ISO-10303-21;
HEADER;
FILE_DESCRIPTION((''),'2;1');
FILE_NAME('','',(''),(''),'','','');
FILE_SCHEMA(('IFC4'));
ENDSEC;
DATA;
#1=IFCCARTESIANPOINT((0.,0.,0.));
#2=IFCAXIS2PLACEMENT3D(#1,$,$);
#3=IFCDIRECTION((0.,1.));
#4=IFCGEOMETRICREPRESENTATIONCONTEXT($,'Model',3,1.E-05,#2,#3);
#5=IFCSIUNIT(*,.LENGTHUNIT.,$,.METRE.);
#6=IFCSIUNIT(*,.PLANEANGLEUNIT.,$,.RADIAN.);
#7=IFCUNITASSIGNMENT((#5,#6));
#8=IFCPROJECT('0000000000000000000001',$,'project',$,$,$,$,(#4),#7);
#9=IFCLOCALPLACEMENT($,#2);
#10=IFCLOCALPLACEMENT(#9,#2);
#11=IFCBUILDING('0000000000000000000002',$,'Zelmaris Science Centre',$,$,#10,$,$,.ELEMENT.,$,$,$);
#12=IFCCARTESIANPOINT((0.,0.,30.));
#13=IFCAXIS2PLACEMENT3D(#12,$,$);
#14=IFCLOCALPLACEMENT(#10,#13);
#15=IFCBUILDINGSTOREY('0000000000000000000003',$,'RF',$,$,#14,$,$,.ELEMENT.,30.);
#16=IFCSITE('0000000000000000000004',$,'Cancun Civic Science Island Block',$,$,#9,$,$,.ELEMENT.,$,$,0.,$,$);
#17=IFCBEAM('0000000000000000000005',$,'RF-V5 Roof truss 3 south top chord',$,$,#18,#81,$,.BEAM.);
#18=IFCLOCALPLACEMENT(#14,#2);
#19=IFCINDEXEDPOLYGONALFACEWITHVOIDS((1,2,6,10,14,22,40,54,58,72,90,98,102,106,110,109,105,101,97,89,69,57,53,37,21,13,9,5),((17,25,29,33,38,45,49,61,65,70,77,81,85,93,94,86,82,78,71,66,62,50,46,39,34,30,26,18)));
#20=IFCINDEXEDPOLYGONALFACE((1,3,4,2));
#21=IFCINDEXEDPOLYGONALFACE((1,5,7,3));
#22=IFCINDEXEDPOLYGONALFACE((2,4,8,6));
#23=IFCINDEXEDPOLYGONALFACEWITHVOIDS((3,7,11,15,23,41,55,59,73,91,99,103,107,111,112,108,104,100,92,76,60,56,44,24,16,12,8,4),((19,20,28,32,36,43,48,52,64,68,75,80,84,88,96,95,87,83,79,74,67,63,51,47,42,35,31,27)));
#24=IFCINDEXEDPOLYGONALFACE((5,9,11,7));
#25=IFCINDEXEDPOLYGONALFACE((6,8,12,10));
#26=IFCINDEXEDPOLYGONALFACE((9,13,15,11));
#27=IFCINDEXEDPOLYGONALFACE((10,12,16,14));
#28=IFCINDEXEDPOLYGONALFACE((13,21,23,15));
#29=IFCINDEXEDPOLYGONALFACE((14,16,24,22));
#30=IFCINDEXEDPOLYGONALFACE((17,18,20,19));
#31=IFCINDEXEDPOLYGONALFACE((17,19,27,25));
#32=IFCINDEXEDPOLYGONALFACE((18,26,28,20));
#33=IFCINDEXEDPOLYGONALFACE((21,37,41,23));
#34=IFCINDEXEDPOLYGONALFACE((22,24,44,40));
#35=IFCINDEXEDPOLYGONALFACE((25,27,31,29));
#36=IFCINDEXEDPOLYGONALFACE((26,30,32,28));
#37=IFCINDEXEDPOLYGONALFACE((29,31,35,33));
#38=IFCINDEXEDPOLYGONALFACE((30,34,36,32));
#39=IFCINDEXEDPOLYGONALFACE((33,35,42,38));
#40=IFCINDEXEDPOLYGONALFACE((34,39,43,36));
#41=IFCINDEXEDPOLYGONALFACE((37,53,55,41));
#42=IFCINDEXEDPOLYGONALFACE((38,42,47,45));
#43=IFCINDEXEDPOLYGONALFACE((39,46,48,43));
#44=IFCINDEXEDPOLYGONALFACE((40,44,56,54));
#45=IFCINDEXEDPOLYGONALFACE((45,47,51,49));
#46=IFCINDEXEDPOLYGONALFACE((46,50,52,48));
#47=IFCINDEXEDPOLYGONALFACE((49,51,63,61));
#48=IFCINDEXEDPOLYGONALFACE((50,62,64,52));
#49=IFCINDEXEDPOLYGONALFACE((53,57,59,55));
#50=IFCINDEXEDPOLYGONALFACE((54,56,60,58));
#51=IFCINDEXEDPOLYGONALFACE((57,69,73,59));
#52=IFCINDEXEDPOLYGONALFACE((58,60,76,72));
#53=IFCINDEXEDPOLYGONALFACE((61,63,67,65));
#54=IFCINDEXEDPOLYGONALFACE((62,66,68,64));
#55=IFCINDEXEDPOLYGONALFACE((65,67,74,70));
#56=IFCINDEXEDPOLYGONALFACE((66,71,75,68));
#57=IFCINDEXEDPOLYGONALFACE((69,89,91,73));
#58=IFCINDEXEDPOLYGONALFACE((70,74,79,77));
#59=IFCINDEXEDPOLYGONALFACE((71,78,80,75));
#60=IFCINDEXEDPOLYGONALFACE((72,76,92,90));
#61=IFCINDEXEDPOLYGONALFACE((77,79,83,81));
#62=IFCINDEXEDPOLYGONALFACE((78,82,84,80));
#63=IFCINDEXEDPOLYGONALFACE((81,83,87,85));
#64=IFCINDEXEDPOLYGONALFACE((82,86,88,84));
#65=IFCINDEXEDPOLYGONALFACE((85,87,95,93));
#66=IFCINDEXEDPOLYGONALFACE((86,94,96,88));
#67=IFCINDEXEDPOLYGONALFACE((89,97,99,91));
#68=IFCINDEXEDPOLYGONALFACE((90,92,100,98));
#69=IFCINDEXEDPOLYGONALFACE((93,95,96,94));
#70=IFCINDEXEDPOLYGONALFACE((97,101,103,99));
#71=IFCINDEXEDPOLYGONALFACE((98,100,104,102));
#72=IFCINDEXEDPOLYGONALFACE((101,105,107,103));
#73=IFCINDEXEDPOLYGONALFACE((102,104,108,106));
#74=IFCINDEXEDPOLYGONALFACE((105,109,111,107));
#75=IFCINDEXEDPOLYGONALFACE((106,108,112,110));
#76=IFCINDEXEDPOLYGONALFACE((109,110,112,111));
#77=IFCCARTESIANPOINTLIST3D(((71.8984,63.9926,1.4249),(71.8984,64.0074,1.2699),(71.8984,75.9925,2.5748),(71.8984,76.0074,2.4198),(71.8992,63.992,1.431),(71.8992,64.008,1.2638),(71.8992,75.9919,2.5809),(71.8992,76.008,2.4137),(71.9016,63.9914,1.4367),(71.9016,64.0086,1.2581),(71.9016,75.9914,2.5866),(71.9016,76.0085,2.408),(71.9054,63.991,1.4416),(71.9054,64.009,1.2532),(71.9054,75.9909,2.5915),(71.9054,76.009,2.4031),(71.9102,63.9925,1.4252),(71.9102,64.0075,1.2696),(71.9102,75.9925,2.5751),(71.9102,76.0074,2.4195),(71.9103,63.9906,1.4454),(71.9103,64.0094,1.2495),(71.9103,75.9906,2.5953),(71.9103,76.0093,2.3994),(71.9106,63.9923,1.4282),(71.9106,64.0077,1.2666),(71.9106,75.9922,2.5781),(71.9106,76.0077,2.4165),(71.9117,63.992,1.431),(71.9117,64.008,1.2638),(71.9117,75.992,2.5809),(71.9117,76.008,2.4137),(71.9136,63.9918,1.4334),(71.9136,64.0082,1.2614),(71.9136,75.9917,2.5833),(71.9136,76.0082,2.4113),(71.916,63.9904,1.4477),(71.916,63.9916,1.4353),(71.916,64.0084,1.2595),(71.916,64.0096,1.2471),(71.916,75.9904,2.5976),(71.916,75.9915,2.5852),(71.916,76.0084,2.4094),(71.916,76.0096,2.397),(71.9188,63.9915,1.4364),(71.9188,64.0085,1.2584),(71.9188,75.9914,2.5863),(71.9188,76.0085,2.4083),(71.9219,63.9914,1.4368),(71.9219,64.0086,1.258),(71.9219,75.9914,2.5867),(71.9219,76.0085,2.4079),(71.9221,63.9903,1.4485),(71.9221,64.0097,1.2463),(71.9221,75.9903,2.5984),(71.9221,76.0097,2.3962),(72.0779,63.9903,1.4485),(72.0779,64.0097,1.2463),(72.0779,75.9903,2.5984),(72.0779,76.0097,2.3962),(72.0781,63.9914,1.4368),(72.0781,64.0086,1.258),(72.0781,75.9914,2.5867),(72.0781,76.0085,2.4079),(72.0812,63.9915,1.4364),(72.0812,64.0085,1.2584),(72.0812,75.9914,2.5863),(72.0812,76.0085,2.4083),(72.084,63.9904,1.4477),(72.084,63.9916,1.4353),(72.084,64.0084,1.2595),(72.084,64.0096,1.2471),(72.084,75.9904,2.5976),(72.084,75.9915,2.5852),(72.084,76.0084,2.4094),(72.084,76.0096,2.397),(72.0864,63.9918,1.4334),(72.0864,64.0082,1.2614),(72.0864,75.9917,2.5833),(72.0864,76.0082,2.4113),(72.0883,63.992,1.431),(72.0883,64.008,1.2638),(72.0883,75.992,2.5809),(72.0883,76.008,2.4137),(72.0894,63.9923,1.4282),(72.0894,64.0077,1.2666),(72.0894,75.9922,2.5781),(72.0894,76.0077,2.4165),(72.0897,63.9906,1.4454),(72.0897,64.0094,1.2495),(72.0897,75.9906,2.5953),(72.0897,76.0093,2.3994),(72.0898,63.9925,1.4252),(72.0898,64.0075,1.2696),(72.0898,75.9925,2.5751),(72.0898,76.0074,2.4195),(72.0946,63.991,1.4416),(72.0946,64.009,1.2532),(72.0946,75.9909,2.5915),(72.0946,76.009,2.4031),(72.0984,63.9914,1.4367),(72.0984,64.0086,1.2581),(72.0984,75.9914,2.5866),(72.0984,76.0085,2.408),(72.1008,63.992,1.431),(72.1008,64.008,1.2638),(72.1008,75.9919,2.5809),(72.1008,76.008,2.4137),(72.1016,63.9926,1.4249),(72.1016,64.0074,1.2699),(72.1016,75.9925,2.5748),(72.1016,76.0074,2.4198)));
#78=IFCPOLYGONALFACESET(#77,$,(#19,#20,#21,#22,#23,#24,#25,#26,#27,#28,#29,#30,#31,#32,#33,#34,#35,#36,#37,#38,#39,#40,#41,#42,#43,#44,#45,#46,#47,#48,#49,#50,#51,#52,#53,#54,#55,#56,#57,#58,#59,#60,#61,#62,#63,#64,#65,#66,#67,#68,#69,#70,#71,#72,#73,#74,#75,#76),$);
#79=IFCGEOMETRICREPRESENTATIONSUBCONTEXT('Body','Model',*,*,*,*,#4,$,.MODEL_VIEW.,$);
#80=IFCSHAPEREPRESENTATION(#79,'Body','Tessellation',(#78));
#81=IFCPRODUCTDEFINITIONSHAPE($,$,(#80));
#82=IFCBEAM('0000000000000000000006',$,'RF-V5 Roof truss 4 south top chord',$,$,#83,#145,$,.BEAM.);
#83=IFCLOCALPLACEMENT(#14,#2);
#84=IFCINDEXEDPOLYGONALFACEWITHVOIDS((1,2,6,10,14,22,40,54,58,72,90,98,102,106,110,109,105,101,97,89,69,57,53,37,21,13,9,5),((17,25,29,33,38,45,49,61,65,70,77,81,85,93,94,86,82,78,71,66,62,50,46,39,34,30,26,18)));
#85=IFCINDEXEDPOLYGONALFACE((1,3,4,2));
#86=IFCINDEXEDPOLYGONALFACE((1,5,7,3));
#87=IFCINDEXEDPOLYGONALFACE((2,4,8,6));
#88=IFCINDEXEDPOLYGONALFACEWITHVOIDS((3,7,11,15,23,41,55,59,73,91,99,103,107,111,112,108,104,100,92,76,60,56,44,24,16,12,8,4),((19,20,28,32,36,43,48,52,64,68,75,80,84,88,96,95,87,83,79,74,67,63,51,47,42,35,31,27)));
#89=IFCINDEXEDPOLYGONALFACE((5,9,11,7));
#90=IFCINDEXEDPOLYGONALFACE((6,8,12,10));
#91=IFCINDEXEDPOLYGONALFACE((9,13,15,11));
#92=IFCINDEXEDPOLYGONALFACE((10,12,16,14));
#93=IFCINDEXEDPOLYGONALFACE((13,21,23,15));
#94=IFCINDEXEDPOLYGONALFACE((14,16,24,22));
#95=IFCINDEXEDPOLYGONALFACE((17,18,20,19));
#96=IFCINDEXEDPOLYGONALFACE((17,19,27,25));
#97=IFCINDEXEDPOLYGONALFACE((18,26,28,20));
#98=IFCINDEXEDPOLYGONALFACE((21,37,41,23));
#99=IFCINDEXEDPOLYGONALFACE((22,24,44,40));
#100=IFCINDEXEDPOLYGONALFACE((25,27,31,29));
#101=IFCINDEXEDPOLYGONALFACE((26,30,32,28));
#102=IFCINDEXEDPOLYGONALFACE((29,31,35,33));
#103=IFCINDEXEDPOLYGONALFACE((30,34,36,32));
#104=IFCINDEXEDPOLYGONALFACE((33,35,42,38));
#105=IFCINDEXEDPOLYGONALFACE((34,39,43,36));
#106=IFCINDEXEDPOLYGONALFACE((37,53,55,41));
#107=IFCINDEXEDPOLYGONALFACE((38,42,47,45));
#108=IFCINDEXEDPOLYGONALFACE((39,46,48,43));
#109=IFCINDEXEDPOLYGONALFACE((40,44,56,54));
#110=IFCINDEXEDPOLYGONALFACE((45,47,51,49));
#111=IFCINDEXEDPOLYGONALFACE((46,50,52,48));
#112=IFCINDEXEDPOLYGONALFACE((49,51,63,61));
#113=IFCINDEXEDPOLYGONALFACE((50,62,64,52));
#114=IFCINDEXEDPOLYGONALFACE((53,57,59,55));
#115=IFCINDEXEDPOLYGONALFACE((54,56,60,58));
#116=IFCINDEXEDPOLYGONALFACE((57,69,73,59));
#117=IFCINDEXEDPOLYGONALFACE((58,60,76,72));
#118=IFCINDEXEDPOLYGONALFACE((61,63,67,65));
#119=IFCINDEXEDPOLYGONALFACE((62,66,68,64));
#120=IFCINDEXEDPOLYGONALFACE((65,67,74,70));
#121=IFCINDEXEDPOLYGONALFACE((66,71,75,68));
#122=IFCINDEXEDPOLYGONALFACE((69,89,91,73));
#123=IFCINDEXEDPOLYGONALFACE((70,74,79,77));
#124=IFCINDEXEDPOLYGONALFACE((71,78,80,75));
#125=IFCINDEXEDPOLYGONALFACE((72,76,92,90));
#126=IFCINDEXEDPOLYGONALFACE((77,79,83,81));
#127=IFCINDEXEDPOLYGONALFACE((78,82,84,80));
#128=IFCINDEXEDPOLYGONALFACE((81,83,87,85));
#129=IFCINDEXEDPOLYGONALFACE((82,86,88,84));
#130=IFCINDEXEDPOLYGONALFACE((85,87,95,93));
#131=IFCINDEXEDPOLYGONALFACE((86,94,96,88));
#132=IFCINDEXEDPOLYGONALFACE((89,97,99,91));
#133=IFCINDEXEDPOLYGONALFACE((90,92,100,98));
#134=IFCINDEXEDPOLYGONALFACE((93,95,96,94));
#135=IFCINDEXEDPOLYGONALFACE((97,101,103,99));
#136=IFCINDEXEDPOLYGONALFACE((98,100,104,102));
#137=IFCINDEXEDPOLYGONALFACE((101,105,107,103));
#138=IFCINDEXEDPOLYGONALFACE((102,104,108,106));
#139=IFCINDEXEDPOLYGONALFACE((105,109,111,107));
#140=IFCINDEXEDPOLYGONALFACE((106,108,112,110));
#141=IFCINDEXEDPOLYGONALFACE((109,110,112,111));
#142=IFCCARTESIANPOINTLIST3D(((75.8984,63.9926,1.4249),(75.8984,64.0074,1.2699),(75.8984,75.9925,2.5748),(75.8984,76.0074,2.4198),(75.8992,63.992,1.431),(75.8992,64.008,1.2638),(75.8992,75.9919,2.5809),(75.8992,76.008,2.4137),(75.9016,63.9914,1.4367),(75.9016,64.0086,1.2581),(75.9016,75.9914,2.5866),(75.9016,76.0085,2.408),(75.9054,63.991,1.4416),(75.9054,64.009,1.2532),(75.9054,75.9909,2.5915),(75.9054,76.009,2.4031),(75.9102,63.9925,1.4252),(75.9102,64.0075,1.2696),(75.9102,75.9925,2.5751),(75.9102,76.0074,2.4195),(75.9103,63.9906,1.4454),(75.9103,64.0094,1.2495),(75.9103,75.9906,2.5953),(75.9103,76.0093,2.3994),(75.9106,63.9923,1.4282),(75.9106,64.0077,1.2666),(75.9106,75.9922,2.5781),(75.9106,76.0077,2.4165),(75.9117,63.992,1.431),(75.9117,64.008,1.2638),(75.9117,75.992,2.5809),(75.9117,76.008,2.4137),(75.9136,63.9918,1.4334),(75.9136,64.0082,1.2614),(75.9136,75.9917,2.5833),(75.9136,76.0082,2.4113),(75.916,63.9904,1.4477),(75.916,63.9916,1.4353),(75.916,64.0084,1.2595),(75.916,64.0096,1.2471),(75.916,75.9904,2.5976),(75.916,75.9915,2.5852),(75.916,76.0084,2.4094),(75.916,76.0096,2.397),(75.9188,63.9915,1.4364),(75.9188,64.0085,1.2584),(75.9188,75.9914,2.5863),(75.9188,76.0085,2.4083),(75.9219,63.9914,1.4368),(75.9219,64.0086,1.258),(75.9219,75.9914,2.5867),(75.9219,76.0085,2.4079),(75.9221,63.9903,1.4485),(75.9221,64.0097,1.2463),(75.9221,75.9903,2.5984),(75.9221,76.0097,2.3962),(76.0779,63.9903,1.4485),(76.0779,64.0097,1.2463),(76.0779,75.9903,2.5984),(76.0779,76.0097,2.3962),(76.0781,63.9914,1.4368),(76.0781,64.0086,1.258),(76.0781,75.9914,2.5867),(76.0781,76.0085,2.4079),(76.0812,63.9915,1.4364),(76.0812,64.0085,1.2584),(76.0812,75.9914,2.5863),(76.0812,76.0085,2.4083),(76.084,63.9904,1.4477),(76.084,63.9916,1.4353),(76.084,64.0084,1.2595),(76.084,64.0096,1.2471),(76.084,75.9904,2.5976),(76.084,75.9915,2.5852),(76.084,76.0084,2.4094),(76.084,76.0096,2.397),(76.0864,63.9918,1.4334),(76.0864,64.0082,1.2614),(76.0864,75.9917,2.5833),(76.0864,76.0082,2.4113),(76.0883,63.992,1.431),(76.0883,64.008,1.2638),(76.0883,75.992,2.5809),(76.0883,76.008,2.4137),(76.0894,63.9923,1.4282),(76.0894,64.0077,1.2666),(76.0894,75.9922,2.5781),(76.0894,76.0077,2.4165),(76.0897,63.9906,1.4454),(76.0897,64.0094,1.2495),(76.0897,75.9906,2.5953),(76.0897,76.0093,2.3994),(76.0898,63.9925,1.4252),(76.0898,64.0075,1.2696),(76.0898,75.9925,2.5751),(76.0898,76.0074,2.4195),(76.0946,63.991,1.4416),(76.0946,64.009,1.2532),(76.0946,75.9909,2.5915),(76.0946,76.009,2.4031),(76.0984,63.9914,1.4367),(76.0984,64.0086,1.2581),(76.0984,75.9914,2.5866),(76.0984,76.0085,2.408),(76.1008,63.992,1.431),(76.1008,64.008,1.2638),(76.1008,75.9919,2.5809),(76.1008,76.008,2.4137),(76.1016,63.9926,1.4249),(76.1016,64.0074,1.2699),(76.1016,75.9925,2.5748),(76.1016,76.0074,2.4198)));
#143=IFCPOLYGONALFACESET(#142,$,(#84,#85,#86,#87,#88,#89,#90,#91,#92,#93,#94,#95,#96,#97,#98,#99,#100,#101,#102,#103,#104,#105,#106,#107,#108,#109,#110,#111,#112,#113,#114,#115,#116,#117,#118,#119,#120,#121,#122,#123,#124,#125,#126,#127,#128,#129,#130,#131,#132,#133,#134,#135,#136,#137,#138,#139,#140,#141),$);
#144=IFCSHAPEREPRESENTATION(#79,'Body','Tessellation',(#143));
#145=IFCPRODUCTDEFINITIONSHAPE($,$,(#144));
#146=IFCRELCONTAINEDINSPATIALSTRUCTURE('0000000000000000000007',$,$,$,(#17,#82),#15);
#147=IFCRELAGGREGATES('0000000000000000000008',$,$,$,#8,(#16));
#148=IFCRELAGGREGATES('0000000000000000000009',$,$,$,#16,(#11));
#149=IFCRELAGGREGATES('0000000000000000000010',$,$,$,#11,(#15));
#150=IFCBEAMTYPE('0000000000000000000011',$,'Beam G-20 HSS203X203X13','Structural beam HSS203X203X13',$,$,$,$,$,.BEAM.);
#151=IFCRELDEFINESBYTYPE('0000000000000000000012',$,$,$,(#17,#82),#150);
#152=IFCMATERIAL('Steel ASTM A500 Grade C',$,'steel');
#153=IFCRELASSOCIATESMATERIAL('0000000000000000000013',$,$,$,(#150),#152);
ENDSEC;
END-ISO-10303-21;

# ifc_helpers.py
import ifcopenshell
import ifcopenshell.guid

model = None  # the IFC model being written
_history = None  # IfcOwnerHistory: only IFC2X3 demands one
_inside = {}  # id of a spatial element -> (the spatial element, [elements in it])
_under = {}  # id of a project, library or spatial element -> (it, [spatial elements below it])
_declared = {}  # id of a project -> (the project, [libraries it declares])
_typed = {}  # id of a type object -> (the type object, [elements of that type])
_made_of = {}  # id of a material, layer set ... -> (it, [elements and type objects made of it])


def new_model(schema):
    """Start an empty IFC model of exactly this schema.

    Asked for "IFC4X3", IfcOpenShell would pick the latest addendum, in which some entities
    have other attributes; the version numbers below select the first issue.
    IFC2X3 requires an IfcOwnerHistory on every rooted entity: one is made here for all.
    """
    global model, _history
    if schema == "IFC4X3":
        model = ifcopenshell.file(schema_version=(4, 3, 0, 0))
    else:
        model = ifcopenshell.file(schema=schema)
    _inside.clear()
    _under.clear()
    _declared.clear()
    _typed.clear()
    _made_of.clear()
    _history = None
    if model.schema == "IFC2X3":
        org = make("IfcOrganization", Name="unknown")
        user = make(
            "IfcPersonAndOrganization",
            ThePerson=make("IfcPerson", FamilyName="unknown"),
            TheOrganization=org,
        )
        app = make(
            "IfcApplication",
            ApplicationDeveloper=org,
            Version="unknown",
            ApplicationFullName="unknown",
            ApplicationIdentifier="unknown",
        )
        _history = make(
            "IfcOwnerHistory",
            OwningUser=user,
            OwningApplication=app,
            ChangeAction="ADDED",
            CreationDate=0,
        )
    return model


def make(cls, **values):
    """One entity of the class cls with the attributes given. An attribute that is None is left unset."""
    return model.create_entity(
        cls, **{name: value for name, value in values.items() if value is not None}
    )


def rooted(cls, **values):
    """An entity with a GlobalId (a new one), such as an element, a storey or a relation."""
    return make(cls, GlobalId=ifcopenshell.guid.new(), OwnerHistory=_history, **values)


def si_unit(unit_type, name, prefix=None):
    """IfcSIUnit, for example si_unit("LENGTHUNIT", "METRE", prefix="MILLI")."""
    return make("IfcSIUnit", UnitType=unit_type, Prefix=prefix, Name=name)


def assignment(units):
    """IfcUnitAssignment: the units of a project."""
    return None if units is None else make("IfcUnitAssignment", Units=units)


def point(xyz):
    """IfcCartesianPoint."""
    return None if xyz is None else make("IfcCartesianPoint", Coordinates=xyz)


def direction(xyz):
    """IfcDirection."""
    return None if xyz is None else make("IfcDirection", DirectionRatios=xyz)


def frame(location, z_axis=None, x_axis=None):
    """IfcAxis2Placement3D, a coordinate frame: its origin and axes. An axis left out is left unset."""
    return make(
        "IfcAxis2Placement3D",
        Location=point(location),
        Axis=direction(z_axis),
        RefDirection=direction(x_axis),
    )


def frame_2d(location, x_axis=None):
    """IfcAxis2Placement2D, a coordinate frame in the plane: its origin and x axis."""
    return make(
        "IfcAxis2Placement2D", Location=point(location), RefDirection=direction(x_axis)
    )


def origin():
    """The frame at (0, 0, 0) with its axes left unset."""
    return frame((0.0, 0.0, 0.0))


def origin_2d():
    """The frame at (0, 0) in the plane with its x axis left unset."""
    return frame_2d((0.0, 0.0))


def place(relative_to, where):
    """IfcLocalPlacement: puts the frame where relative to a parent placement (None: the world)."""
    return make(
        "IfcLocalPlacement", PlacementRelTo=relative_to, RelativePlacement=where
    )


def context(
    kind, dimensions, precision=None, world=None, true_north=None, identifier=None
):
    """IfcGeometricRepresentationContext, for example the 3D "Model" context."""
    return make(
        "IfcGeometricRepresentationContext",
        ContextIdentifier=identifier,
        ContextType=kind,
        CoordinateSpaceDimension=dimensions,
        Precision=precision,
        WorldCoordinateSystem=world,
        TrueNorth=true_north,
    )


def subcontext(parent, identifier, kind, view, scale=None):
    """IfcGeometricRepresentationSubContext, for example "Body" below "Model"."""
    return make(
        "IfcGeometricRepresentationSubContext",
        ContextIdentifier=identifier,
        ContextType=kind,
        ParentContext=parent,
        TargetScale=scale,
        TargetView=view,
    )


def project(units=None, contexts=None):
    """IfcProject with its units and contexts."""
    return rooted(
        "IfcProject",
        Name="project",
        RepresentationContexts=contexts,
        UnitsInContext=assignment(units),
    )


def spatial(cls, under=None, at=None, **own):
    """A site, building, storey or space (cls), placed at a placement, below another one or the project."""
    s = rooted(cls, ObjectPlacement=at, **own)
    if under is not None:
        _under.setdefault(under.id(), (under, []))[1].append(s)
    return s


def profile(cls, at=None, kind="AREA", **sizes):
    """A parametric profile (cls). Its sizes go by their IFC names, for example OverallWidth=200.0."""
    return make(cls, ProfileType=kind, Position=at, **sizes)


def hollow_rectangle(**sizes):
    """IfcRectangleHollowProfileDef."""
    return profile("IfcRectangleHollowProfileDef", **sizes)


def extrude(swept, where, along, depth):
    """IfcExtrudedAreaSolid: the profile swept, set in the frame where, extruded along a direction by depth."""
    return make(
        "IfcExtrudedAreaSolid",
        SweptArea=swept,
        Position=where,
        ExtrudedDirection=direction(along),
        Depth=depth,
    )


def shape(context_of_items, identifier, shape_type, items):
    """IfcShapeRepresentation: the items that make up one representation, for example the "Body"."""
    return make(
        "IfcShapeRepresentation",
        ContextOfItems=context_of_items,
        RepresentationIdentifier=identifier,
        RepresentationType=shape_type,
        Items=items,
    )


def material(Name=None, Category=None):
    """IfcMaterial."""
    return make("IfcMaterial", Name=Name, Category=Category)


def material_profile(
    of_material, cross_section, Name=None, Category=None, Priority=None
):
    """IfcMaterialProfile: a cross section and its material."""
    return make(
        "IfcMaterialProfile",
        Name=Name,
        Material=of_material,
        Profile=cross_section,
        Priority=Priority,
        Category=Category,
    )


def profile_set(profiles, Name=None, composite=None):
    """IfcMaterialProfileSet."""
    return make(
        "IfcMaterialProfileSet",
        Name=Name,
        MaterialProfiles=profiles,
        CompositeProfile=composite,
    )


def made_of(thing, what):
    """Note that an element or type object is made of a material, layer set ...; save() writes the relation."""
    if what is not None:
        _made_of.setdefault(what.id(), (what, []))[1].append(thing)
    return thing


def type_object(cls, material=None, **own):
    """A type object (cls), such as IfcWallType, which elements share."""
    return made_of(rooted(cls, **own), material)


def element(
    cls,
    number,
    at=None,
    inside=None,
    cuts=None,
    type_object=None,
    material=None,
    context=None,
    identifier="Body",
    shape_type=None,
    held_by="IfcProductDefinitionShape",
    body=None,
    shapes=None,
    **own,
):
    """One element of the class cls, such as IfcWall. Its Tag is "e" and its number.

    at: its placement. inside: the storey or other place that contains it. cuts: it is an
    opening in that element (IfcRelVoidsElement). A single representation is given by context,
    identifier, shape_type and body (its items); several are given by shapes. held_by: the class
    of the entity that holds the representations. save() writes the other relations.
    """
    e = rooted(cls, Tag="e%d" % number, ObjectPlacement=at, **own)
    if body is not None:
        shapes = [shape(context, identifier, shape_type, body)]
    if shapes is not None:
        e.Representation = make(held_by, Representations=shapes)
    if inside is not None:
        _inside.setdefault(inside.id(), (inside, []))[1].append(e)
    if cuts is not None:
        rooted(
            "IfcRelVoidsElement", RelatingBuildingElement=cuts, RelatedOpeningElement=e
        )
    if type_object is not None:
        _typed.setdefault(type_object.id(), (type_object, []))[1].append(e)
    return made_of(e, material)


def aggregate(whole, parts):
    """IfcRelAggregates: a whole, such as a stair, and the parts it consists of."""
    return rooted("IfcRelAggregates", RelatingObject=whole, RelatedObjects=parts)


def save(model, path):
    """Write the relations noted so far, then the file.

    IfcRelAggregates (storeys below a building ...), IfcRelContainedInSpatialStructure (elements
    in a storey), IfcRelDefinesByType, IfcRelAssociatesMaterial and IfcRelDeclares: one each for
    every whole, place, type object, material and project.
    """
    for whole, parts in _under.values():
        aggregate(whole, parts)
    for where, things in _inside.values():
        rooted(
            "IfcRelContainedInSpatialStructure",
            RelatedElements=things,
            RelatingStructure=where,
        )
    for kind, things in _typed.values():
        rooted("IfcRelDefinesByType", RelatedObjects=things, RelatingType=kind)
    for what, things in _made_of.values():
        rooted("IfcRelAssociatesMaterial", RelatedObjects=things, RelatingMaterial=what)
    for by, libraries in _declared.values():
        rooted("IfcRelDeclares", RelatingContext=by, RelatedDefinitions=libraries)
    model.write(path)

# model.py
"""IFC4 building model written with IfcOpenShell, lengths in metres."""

from ifc_helpers import new_model, si_unit, direction, frame, origin, origin_2d, place, context, subcontext, project, spatial, hollow_rectangle, extrude, material, material_profile, profile_set, type_object, element, save


model = new_model("IFC4")

# Units and contexts
model_context = context("Model", 3, precision=1e-05, world=origin(), true_north=direction((0.0, 1.0)))
body_context = subcontext(model_context, "Body", "Model", "MODEL_VIEW")
ifc_project = project(units=[si_unit("LENGTHUNIT", "METRE"), si_unit("PLANEANGLEUNIT", "RADIAN")], contexts=[model_context])

# Site, building, storey
site_placement = place(None, origin())
site = spatial("IfcSite", under=ifc_project, at=site_placement, Name="Cancun Civic Science Island Block", CompositionType="ELEMENT", RefElevation=0.0)
building_placement = place(site_placement, origin())
building = spatial("IfcBuilding", under=site, at=building_placement, Name="Zelmaris Science Centre", CompositionType="ELEMENT")
storey_placement = place(building_placement, frame((0.0, 0.0, 30.0)))
storey = spatial("IfcBuildingStorey", under=building, at=storey_placement, Name="RF", CompositionType="ELEMENT", Elevation=30.0)

# Beams
ifc_material = material(Name="Steel ASTM A500 Grade C", Category="steel")
ifc_material_profile_1 = material_profile(ifc_material, hollow_rectangle(XDim=0.2031, YDim=0.2031, WallThickness=0.0117, InnerFilletRadius=0.0117, OuterFilletRadius=0.0237, at=origin_2d()), Name="HSS203X203X13")
ifc_profile_set_1 = profile_set([ifc_material_profile_1], Name="Steel ASTM A500 Grade C")
beam_type_1 = type_object("IfcBeamType", Name="Beam G-20 HSS203X203X13", Description="Structural beam HSS203X203X13", PredefinedType="BEAM", material=ifc_profile_set_1)
for number, where, z_axis, x_axis, name in (
    (1, (72.0, 64.0, 1.3474), (0.0, 0.99544, 0.095388), (-1.0, 0.0, 0.0), "RF-V5 Roof truss 3 south top chord"),
    (2, (76.0, 64.0, 1.3474), (0.0, 0.99544, 0.095388), (-1.0, 0.0, 0.0), "RF-V5 Roof truss 4 south top chord"),
):
    element("IfcBeam", number, at=place(storey_placement, frame(where, z_axis=z_axis, x_axis=x_axis)), inside=storey, type_object=beam_type_1, Name=name, PredefinedType="BEAM", context=body_context, shape_type="SweptSolid", body=[
        extrude(hollow_rectangle(XDim=0.2031, YDim=0.2031, WallThickness=0.0117, InnerFilletRadius=0.0117, OuterFilletRadius=0.0237, at=origin_2d()), origin(), (0.0, 0.0, 1.0), 12.0549),
    ])

save(model, "model.ifc")
